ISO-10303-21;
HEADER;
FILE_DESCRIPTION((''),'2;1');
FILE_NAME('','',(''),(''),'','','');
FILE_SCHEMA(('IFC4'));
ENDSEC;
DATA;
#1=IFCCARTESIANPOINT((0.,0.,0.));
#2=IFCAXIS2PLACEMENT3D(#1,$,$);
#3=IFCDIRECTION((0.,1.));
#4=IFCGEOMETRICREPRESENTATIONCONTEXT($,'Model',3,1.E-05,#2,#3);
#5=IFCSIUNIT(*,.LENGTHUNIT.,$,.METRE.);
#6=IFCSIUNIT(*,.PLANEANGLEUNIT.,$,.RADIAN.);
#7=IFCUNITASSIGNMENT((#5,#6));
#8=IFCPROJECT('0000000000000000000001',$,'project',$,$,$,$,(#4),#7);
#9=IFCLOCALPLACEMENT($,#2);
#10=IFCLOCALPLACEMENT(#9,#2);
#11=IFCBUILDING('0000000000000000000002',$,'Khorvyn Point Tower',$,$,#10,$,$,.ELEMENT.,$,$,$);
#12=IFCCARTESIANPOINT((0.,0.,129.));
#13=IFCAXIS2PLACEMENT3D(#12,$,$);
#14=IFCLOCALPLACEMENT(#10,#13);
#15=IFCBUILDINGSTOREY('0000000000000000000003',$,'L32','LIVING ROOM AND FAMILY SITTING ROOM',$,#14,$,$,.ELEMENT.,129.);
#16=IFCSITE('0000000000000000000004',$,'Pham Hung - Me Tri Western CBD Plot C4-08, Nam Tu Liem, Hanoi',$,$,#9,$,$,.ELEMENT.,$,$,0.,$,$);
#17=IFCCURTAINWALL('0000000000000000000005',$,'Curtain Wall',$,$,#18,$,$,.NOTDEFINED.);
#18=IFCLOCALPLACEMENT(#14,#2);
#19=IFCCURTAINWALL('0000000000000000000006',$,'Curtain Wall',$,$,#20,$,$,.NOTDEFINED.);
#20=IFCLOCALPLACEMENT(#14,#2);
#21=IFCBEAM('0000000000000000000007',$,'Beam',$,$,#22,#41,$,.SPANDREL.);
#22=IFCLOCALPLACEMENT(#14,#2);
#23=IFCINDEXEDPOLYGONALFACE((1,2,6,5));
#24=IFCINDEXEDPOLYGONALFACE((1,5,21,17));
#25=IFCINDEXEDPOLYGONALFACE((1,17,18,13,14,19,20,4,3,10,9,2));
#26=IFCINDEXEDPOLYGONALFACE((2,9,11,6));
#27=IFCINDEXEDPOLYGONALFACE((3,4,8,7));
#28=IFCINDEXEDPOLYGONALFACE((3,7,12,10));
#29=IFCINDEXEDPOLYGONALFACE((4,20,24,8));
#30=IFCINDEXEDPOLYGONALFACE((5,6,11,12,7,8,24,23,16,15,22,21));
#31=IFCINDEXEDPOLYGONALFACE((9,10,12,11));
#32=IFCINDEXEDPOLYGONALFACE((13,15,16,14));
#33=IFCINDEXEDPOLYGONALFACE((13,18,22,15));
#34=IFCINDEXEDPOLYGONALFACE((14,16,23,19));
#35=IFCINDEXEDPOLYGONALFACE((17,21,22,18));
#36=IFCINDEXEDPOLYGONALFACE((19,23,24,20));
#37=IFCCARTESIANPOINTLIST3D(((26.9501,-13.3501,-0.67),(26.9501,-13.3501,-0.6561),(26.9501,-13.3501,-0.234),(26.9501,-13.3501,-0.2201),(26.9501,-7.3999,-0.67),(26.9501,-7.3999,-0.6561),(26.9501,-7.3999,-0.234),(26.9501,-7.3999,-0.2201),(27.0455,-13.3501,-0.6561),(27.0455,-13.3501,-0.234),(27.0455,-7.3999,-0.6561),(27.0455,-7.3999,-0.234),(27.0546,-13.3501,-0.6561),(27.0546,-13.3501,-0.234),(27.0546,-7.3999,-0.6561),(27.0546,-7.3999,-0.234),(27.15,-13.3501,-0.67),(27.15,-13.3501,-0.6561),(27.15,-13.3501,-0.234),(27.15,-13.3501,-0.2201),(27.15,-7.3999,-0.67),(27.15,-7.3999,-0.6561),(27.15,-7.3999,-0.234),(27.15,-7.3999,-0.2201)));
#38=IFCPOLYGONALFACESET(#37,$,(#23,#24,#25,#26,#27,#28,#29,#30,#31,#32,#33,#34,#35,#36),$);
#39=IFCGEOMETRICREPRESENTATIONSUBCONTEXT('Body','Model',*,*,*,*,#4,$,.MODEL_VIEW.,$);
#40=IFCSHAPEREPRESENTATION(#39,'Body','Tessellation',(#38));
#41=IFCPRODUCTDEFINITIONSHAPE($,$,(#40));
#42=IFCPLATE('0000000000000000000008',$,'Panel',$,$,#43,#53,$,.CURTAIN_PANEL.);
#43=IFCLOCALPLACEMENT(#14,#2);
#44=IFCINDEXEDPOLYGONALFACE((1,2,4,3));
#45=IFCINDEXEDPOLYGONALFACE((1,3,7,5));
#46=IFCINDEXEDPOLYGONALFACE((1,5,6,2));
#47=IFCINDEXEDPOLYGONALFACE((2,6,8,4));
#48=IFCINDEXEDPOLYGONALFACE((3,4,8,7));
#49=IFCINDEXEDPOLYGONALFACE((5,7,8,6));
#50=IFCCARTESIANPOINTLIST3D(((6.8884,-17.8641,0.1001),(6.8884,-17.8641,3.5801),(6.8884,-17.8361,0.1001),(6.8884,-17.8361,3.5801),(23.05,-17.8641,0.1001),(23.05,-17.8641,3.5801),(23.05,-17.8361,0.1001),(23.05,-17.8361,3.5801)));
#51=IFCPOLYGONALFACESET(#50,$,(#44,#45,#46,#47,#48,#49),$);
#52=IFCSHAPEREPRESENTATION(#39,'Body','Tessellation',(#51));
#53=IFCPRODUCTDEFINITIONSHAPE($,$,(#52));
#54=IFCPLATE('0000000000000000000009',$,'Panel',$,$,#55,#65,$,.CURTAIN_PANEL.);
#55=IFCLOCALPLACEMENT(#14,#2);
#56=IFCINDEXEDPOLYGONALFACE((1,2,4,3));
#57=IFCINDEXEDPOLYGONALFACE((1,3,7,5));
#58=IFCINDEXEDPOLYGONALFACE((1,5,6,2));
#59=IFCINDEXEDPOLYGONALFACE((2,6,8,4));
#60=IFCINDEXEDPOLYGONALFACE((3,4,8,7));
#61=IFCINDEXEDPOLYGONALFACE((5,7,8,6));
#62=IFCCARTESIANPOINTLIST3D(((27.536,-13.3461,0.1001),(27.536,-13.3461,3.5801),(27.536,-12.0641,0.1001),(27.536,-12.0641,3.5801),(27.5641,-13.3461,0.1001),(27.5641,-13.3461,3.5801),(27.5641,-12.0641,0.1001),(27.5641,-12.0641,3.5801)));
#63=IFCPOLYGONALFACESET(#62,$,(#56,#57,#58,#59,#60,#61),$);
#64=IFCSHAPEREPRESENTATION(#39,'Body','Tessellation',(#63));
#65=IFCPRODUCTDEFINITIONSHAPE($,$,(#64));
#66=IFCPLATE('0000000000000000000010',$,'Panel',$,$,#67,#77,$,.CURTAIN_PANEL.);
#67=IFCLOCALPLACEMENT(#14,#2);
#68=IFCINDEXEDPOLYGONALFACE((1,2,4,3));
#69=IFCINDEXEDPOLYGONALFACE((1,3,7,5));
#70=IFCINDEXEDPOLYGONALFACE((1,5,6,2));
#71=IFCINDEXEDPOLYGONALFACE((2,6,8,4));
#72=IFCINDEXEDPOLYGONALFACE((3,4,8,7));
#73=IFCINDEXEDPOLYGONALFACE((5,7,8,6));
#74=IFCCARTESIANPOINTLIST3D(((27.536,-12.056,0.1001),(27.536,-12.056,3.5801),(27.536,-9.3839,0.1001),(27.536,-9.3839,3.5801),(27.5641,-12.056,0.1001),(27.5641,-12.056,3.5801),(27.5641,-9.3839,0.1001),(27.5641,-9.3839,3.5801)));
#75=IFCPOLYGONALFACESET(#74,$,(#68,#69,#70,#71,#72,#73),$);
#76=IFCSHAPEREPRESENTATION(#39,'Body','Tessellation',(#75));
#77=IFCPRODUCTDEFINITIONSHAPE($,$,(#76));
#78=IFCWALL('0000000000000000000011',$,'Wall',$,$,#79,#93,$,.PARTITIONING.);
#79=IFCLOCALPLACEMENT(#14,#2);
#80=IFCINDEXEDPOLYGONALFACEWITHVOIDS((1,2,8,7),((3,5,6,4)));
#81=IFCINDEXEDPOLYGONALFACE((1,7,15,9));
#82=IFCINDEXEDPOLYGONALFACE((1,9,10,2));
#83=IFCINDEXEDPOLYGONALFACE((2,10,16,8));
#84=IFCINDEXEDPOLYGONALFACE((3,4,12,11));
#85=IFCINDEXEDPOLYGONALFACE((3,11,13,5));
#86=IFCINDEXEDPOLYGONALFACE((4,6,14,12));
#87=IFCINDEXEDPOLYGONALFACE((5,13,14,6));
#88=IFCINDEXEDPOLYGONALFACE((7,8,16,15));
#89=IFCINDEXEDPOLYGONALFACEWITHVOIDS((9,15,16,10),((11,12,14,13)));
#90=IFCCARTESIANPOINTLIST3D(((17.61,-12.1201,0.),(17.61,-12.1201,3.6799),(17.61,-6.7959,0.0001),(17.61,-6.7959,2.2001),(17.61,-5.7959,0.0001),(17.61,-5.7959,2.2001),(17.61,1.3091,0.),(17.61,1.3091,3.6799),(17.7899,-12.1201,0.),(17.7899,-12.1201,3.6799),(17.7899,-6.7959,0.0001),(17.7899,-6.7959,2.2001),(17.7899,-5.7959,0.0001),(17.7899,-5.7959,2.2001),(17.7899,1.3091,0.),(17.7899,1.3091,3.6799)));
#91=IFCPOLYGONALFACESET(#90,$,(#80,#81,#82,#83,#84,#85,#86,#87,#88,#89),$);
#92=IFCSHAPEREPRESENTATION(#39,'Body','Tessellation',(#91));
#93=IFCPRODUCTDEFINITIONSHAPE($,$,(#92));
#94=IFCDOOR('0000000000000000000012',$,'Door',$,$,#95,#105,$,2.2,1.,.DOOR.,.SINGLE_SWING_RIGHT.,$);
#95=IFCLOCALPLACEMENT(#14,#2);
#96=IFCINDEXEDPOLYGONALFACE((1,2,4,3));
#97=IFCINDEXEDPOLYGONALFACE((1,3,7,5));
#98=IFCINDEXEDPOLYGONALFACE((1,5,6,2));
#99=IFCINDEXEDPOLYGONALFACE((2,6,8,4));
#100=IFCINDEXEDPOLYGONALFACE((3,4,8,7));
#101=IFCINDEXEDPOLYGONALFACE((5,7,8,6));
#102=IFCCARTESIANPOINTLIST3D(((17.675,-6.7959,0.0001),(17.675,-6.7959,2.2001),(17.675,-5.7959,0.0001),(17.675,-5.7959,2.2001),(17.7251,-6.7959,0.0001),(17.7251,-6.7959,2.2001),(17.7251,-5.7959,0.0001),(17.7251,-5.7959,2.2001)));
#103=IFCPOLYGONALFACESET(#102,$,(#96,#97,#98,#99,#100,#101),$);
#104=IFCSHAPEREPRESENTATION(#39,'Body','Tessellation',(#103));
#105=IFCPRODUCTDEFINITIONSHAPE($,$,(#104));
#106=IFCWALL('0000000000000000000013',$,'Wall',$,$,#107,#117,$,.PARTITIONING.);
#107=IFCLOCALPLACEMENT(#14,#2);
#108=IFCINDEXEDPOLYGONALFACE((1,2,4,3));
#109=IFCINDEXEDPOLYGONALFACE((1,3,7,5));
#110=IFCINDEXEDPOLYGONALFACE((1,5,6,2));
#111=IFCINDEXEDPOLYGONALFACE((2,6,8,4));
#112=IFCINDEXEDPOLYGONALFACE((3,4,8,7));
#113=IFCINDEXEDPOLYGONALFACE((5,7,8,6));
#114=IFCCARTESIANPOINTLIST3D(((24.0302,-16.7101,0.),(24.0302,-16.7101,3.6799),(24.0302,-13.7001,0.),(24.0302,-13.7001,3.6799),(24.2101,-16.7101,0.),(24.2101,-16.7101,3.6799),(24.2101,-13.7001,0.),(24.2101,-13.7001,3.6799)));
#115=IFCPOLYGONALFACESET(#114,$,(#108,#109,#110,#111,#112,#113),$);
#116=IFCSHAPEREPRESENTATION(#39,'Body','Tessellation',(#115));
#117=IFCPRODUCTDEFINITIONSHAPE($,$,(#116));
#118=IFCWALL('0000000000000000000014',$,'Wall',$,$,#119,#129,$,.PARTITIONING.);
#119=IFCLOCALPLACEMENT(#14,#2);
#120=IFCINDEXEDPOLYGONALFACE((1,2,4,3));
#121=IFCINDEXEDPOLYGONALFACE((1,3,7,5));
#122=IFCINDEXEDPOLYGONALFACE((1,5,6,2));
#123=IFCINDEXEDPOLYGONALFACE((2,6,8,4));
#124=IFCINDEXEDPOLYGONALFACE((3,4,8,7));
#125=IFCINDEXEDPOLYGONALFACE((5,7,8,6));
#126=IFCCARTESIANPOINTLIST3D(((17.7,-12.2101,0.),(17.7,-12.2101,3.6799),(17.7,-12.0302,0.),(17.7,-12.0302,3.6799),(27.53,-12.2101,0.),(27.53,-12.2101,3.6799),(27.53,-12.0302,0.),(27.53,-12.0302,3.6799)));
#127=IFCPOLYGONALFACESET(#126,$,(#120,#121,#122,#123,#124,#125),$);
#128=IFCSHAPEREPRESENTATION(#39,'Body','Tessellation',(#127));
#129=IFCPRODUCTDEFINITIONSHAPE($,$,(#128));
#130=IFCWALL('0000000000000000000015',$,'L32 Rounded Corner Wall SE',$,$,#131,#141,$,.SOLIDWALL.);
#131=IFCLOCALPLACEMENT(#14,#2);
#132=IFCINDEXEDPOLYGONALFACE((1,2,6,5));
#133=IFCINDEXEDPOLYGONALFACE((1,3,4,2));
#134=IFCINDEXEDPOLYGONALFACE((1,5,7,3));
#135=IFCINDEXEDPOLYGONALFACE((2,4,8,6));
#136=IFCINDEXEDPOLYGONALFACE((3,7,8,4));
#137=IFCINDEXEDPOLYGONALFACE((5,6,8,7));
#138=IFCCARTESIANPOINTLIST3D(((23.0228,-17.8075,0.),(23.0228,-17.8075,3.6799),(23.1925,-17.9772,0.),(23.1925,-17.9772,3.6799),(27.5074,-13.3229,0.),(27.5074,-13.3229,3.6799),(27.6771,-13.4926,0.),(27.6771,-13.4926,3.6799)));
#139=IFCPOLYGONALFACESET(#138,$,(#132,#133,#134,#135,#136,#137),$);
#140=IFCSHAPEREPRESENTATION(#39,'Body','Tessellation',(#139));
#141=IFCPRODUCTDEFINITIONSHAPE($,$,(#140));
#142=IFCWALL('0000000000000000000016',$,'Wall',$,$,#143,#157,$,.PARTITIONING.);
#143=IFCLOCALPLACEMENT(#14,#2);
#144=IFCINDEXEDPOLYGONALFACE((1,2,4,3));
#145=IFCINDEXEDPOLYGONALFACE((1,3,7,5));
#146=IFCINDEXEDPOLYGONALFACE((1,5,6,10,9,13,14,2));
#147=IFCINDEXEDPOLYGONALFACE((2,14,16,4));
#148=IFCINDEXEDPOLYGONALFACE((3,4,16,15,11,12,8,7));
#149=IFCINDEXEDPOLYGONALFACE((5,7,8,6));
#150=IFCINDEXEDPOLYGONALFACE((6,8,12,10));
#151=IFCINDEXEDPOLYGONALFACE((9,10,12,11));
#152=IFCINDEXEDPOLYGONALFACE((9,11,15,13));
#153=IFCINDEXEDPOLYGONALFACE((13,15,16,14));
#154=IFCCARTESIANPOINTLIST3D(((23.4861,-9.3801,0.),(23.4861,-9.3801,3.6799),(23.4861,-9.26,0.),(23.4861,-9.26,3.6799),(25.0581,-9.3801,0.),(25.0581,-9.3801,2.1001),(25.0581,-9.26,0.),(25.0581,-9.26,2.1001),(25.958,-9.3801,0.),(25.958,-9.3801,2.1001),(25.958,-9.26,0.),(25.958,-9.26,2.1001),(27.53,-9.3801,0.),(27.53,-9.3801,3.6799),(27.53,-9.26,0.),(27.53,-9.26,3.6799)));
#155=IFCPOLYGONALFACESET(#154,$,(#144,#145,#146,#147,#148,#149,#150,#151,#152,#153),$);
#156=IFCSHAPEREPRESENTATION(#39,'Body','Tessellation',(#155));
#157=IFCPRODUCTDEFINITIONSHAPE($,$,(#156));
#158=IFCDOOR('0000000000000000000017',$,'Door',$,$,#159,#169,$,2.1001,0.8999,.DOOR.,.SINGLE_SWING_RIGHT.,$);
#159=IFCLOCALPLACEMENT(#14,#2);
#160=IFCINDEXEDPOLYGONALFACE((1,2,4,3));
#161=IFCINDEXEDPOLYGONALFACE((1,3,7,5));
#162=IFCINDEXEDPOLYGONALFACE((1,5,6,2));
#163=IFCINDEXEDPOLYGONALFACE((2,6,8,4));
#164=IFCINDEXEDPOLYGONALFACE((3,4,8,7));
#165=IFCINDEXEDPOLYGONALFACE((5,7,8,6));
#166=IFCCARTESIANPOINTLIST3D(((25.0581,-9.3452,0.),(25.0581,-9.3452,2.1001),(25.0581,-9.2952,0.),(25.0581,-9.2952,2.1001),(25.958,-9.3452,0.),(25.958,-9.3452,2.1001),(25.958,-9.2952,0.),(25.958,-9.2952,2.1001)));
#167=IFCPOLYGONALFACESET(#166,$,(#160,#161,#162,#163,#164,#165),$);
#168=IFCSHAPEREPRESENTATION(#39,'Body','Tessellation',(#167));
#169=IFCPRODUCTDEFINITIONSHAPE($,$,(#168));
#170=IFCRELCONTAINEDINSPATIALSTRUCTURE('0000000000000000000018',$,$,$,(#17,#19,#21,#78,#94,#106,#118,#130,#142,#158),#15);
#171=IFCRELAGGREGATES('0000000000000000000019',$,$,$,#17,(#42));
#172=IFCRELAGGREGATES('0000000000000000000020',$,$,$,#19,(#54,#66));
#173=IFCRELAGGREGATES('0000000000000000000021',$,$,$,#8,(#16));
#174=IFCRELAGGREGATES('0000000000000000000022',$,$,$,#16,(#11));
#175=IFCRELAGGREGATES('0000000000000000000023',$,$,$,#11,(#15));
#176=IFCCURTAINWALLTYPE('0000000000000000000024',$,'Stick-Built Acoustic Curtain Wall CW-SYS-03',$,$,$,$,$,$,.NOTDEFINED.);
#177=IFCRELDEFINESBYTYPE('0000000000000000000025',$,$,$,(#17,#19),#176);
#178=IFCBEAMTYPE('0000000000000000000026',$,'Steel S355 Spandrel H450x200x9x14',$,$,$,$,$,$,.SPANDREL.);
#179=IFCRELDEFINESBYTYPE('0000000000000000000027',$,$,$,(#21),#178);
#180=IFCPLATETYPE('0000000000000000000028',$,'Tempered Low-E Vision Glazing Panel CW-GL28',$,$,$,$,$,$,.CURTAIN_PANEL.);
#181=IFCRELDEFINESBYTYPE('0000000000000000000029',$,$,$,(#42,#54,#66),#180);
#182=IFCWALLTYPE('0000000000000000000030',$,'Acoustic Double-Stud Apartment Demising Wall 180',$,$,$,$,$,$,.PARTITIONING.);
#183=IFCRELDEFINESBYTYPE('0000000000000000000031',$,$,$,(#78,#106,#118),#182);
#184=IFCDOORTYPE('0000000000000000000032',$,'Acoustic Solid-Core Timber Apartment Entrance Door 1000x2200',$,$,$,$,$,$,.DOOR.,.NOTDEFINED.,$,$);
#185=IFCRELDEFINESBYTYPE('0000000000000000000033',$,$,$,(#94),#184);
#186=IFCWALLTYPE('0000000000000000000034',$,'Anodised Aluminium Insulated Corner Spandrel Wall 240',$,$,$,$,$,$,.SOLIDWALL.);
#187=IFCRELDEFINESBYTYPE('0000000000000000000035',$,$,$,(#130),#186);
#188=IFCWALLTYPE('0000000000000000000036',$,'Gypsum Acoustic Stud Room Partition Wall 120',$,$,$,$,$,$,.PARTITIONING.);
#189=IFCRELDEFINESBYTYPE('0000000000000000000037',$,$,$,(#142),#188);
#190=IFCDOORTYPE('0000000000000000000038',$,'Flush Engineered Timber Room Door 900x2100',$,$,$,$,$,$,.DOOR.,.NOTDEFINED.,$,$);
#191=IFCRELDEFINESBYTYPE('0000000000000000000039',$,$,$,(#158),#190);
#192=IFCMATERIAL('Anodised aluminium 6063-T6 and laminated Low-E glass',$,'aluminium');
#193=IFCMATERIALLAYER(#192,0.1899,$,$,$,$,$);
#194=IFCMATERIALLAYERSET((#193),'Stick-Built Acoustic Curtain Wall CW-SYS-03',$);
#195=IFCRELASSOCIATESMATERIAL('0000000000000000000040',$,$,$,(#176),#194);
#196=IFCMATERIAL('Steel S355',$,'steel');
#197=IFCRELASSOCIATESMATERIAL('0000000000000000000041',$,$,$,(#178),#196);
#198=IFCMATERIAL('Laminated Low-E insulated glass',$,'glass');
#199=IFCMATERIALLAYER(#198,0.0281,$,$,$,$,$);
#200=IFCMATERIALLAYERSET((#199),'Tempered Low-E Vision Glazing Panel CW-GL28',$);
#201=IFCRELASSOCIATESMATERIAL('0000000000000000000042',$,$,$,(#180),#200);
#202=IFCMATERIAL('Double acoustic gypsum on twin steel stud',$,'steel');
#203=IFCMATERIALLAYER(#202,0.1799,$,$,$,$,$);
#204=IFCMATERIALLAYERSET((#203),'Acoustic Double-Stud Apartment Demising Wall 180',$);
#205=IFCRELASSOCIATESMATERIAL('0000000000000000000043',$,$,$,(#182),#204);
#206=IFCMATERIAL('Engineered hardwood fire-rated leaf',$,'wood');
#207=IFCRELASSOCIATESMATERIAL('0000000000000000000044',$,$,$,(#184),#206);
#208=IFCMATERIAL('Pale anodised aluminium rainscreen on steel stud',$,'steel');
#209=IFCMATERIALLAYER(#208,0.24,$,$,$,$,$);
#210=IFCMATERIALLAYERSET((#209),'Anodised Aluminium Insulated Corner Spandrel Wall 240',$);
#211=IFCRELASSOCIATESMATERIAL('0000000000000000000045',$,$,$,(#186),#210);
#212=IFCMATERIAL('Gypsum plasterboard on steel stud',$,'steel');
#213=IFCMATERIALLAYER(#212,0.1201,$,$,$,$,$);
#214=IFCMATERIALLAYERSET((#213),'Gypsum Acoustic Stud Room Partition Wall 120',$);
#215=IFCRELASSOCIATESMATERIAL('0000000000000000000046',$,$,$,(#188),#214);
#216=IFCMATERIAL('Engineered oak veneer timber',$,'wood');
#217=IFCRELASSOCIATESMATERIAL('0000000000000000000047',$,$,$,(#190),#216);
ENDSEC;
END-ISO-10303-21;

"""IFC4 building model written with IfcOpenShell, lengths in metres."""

from ifc_helpers import new_model, si_unit, direction, frame, frame_2d, origin, origin_2d, place, context, subcontext, project, spatial, rectangle, i_section, extrude, material, layer, layer_set, material_profile, profile_set, type_object, element, fill, aggregate, save


model = new_model("IFC4")

# Units and contexts
model_context = context("Model", 3, precision=1e-05, world=origin(), true_north=direction((0.0, 1.0)))
body_context = subcontext(model_context, "Body", "Model", "MODEL_VIEW")
ifc_project = project(units=[si_unit("LENGTHUNIT", "METRE"), si_unit("PLANEANGLEUNIT", "RADIAN")], contexts=[model_context])

# Site, building, storey
site_placement = place(None, origin())
site = spatial("IfcSite", under=ifc_project, at=site_placement, Name="Pham Hung - Me Tri Western CBD Plot C4-08, Nam Tu Liem, Hanoi", CompositionType="ELEMENT", RefElevation=0.0)
building_placement = place(site_placement, origin())
building = spatial("IfcBuilding", under=site, at=building_placement, Name="Khorvyn Point Tower", CompositionType="ELEMENT")
storey_placement = place(building_placement, frame((0.0, 0.0, 129.0)))
storey = spatial("IfcBuildingStorey", under=building, at=storey_placement, Name="L32", Description="LIVING ROOM AND FAMILY SITTING ROOM", CompositionType="ELEMENT", Elevation=129.0)

# Curtain walls
ifc_material_1 = material(Name="Anodised aluminium 6063-T6 and laminated Low-E glass", Category="aluminium")
ifc_layer_1 = layer(ifc_material_1, 0.1899)
ifc_layer_set_1 = layer_set([ifc_layer_1], Name="Stick-Built Acoustic Curtain Wall CW-SYS-03")
curtain_wall_type = type_object("IfcCurtainWallType", Name="Stick-Built Acoustic Curtain Wall CW-SYS-03", PredefinedType="NOTDEFINED", material=ifc_layer_set_1)
curtain_wall_1_placement = place(storey_placement, origin())
curtain_wall_1 = element("IfcCurtainWall", 1, at=curtain_wall_1_placement, inside=storey, type_object=curtain_wall_type, Name="Curtain Wall", PredefinedType="NOTDEFINED")
curtain_wall_2_placement = place(storey_placement, origin())
curtain_wall_2 = element("IfcCurtainWall", 2, at=curtain_wall_2_placement, inside=storey, type_object=curtain_wall_type, Name="Curtain Wall", PredefinedType="NOTDEFINED")

# Beam
ifc_material_2 = material(Name="Steel S355", Category="steel")
ifc_material_profile_1 = material_profile(ifc_material_2, i_section(OverallWidth=0.2, OverallDepth=0.45, WebThickness=0.009, FlangeThickness=0.0139, at=origin_2d()))
ifc_profile_set_1 = profile_set([ifc_material_profile_1], Name="Steel S355 H450x200x9x14")
beam_type_1 = type_object("IfcBeamType", Name="Steel S355 Spandrel H450x200x9x14", PredefinedType="SPANDREL", material=ifc_profile_set_1)
beam_1_placement = place(storey_placement, frame((27.05, -13.3501, -0.4451), z_axis=(0.0, 1.0, 0.0), x_axis=(-1.0, 0.0, 0.0)))
element("IfcBeam", 3, at=beam_1_placement, inside=storey, type_object=beam_type_1, Name="Beam", PredefinedType="SPANDREL", context=body_context, shape_type="SweptSolid", body=[
    extrude(i_section(OverallWidth=0.2, OverallDepth=0.45, WebThickness=0.009, FlangeThickness=0.0139, at=origin_2d()), origin(), (0.0, 0.0, 1.0), 5.9502),
])

# Plates
ifc_material_3 = material(Name="Laminated Low-E insulated glass", Category="glass")
ifc_layer_2 = layer(ifc_material_3, 0.0281)
ifc_layer_set_2 = layer_set([ifc_layer_2], Name="Tempered Low-E Vision Glazing Panel CW-GL28")
plate_type = type_object("IfcPlateType", Name="Tempered Low-E Vision Glazing Panel CW-GL28", PredefinedType="CURTAIN_PANEL", material=ifc_layer_set_2)
plate_1_placement = place(storey_placement, frame((14.9692, -17.8501, 0.1001), z_axis=(0.0, 0.0, 1.0), x_axis=(-1.0, 0.0, 0.0)))
plate_1 = element("IfcPlate", 4, at=plate_1_placement, type_object=plate_type, Name="Panel", PredefinedType="CURTAIN_PANEL", context=body_context, shape_type="SweptSolid", body=[
    extrude(rectangle(XDim=16.1616, YDim=0.0281, at=origin_2d()), origin(), (0.0, 0.0, 1.0), 3.48),
])
aggregate(curtain_wall_1, [plate_1])
plate_2_placement = place(storey_placement, frame((27.55, -12.7051, 0.1001), z_axis=(0.0, 0.0, 1.0), x_axis=(0.0, -1.0, 0.0)))
plate_2 = element("IfcPlate", 5, at=plate_2_placement, type_object=plate_type, Name="Panel", PredefinedType="CURTAIN_PANEL", context=body_context, shape_type="SweptSolid", body=[
    extrude(rectangle(XDim=1.282, YDim=0.0281, at=origin_2d()), origin(), (0.0, 0.0, 1.0), 3.48),
])
plate_3_placement = place(storey_placement, frame((27.55, -10.72, 0.1001), z_axis=(0.0, 0.0, 1.0), x_axis=(0.0, -1.0, 0.0)))
plate_3 = element("IfcPlate", 6, at=plate_3_placement, type_object=plate_type, Name="Panel", PredefinedType="CURTAIN_PANEL", context=body_context, shape_type="SweptSolid", body=[
    extrude(rectangle(XDim=2.6721, YDim=0.0281, at=origin_2d()), origin(), (0.0, 0.0, 1.0), 3.48),
])
aggregate(curtain_wall_2, [plate_2, plate_3])

# Wall, opening, door
ifc_material_4 = material(Name="Double acoustic gypsum on twin steel stud", Category="steel")
ifc_layer_3 = layer(ifc_material_4, 0.1799)
ifc_layer_set_3 = layer_set([ifc_layer_3], Name="Acoustic Double-Stud Apartment Demising Wall 180")
wall_type_1 = type_object("IfcWallType", Name="Acoustic Double-Stud Apartment Demising Wall 180", PredefinedType="PARTITIONING", material=ifc_layer_set_3)
wall_1_placement = place(storey_placement, frame((17.7, -12.1201, 0.0), z_axis=(0.0, 0.0, 1.0), x_axis=(0.0, 1.0, 0.0)))
wall_1 = element("IfcWall", 7, at=wall_1_placement, inside=storey, type_object=wall_type_1, Name="Wall", PredefinedType="PARTITIONING", context=body_context, shape_type="SweptSolid", body=[
    extrude(rectangle(XDim=13.4292, YDim=0.1799, at=frame_2d((6.7146, 0.0))), origin(), (0.0, 0.0, 1.0), 3.6799),
])
opening_1_placement = place(wall_1_placement, frame((5.3242, 0.0, 0.0)))
opening_1 = element("IfcOpeningElement", 8, at=opening_1_placement, cuts=wall_1, PredefinedType="OPENING", context=body_context, shape_type="SweptSolid", body=[
    extrude(rectangle(XDim=1.0, YDim=2.2, at=frame_2d((0.5, 1.1001))), frame((0.0, 0.0999, 0.0), z_axis=(0.0, -1.0, 0.0), x_axis=(1.0, 0.0, 0.0)), (0.0, 0.0, 1.0), 0.2),
])
ifc_material_5 = material(Name="Engineered hardwood fire-rated leaf", Category="wood")
door_type_1 = type_object("IfcDoorType", Name="Acoustic Solid-Core Timber Apartment Entrance Door 1000x2200", OperationType="NOTDEFINED", PredefinedType="DOOR", material=ifc_material_5)
door_1_placement = place(opening_1_placement, origin())
door_1 = element("IfcDoor", 9, at=door_1_placement, inside=storey, type_object=door_type_1, Name="Door", OperationType="SINGLE_SWING_RIGHT", OverallHeight=2.2, OverallWidth=1.0, PredefinedType="DOOR", context=body_context, shape_type="SweptSolid", body=[
    extrude(rectangle(XDim=1.0, YDim=2.2, at=frame_2d((0.5, 1.1001))), frame((0.0, 0.0249, 0.0), z_axis=(0.0, -1.0, 0.0), x_axis=(1.0, 0.0, 0.0)), (0.0, 0.0, 1.0), 0.05),
])
fill(opening_1, door_1)

# Walls
wall_2_placement = place(storey_placement, frame((24.1201, -16.71, 0.0), z_axis=(0.0, 0.0, 1.0), x_axis=(0.0, 1.0, 0.0)))
element("IfcWall", 10, at=wall_2_placement, inside=storey, type_object=wall_type_1, Name="Wall", PredefinedType="PARTITIONING", context=body_context, shape_type="SweptSolid", body=[
    extrude(rectangle(XDim=3.01, YDim=0.1799, at=frame_2d((1.5049, 0.0))), origin(), (0.0, 0.0, 1.0), 3.6799),
])
wall_3_placement = place(storey_placement, frame((17.7, -12.1201, 0.0), z_axis=(0.0, 0.0, 1.0), x_axis=(1.0, 0.0, 0.0)))
element("IfcWall", 11, at=wall_3_placement, inside=storey, type_object=wall_type_1, Name="Wall", PredefinedType="PARTITIONING", context=body_context, shape_type="SweptSolid", body=[
    extrude(rectangle(XDim=9.8301, YDim=0.1799, at=frame_2d((4.915, 0.0))), origin(), (0.0, 0.0, 1.0), 3.6799),
])
ifc_material_6 = material(Name="Pale anodised aluminium rainscreen on steel stud", Category="steel")
ifc_layer_4 = layer(ifc_material_6, 0.24)
ifc_layer_set_4 = layer_set([ifc_layer_4], Name="Anodised Aluminium Insulated Corner Spandrel Wall 240")
wall_type_2 = type_object("IfcWallType", Name="Anodised Aluminium Insulated Corner Spandrel Wall 240", PredefinedType="SOLIDWALL", material=ifc_layer_set_4)
wall_4_placement = place(storey_placement, frame((27.5923, -13.4077, 0.0), z_axis=(0.0, 0.0, 1.0), x_axis=(-0.707107, -0.707107, 0.0)))
element("IfcWall", 12, at=wall_4_placement, inside=storey, type_object=wall_type_2, Name="L32 Rounded Corner Wall SE", PredefinedType="SOLIDWALL", context=body_context, shape_type="SweptSolid", body=[
    extrude(rectangle(XDim=6.3423, YDim=0.24, at=frame_2d((3.1711, 0.0))), origin(), (0.0, 0.0, 1.0), 3.6799),
])

# Wall, opening, door
ifc_material_7 = material(Name="Gypsum plasterboard on steel stud", Category="steel")
ifc_layer_5 = layer(ifc_material_7, 0.1201)
ifc_layer_set_5 = layer_set([ifc_layer_5], Name="Gypsum Acoustic Stud Room Partition Wall 120")
wall_type_3 = type_object("IfcWallType", Name="Gypsum Acoustic Stud Room Partition Wall 120", PredefinedType="PARTITIONING", material=ifc_layer_set_5)
wall_5_placement = place(storey_placement, frame((23.4861, -9.3201, 0.0), z_axis=(0.0, 0.0, 1.0), x_axis=(1.0, 0.0, 0.0)))
wall_5 = element("IfcWall", 13, at=wall_5_placement, inside=storey, type_object=wall_type_3, Name="Wall", PredefinedType="PARTITIONING", context=body_context, shape_type="SweptSolid", body=[
    extrude(rectangle(XDim=4.0439, YDim=0.1201, at=frame_2d((2.022, 0.0))), origin(), (0.0, 0.0, 1.0), 3.6799),
])
opening_2_placement = place(wall_5_placement, frame((1.572, 0.0, 0.0)))
opening_2 = element("IfcOpeningElement", 14, at=opening_2_placement, cuts=wall_5, PredefinedType="OPENING", context=body_context, shape_type="SweptSolid", body=[
    extrude(rectangle(XDim=0.8999, YDim=2.1001, at=frame_2d((0.45, 1.05))), frame((0.0, 0.0701, 0.0), z_axis=(0.0, -1.0, 0.0), x_axis=(1.0, 0.0, 0.0)), (0.0, 0.0, 1.0), 0.1401),
])
ifc_material_8 = material(Name="Engineered oak veneer timber", Category="wood")
door_type_2 = type_object("IfcDoorType", Name="Flush Engineered Timber Room Door 900x2100", OperationType="NOTDEFINED", PredefinedType="DOOR", material=ifc_material_8)
door_2_placement = place(opening_2_placement, origin())
door_2 = element("IfcDoor", 15, at=door_2_placement, inside=storey, type_object=door_type_2, Name="Door", OperationType="SINGLE_SWING_RIGHT", OverallHeight=2.1001, OverallWidth=0.8999, PredefinedType="DOOR", context=body_context, shape_type="SweptSolid", body=[
    extrude(rectangle(XDim=0.8999, YDim=2.1001, at=frame_2d((0.45, 1.05))), frame((0.0, 0.0249, 0.0), z_axis=(0.0, -1.0, 0.0), x_axis=(1.0, 0.0, 0.0)), (0.0, 0.0, 1.0), 0.05),
])
fill(opening_2, door_2)

save(model, "model.ifc")
